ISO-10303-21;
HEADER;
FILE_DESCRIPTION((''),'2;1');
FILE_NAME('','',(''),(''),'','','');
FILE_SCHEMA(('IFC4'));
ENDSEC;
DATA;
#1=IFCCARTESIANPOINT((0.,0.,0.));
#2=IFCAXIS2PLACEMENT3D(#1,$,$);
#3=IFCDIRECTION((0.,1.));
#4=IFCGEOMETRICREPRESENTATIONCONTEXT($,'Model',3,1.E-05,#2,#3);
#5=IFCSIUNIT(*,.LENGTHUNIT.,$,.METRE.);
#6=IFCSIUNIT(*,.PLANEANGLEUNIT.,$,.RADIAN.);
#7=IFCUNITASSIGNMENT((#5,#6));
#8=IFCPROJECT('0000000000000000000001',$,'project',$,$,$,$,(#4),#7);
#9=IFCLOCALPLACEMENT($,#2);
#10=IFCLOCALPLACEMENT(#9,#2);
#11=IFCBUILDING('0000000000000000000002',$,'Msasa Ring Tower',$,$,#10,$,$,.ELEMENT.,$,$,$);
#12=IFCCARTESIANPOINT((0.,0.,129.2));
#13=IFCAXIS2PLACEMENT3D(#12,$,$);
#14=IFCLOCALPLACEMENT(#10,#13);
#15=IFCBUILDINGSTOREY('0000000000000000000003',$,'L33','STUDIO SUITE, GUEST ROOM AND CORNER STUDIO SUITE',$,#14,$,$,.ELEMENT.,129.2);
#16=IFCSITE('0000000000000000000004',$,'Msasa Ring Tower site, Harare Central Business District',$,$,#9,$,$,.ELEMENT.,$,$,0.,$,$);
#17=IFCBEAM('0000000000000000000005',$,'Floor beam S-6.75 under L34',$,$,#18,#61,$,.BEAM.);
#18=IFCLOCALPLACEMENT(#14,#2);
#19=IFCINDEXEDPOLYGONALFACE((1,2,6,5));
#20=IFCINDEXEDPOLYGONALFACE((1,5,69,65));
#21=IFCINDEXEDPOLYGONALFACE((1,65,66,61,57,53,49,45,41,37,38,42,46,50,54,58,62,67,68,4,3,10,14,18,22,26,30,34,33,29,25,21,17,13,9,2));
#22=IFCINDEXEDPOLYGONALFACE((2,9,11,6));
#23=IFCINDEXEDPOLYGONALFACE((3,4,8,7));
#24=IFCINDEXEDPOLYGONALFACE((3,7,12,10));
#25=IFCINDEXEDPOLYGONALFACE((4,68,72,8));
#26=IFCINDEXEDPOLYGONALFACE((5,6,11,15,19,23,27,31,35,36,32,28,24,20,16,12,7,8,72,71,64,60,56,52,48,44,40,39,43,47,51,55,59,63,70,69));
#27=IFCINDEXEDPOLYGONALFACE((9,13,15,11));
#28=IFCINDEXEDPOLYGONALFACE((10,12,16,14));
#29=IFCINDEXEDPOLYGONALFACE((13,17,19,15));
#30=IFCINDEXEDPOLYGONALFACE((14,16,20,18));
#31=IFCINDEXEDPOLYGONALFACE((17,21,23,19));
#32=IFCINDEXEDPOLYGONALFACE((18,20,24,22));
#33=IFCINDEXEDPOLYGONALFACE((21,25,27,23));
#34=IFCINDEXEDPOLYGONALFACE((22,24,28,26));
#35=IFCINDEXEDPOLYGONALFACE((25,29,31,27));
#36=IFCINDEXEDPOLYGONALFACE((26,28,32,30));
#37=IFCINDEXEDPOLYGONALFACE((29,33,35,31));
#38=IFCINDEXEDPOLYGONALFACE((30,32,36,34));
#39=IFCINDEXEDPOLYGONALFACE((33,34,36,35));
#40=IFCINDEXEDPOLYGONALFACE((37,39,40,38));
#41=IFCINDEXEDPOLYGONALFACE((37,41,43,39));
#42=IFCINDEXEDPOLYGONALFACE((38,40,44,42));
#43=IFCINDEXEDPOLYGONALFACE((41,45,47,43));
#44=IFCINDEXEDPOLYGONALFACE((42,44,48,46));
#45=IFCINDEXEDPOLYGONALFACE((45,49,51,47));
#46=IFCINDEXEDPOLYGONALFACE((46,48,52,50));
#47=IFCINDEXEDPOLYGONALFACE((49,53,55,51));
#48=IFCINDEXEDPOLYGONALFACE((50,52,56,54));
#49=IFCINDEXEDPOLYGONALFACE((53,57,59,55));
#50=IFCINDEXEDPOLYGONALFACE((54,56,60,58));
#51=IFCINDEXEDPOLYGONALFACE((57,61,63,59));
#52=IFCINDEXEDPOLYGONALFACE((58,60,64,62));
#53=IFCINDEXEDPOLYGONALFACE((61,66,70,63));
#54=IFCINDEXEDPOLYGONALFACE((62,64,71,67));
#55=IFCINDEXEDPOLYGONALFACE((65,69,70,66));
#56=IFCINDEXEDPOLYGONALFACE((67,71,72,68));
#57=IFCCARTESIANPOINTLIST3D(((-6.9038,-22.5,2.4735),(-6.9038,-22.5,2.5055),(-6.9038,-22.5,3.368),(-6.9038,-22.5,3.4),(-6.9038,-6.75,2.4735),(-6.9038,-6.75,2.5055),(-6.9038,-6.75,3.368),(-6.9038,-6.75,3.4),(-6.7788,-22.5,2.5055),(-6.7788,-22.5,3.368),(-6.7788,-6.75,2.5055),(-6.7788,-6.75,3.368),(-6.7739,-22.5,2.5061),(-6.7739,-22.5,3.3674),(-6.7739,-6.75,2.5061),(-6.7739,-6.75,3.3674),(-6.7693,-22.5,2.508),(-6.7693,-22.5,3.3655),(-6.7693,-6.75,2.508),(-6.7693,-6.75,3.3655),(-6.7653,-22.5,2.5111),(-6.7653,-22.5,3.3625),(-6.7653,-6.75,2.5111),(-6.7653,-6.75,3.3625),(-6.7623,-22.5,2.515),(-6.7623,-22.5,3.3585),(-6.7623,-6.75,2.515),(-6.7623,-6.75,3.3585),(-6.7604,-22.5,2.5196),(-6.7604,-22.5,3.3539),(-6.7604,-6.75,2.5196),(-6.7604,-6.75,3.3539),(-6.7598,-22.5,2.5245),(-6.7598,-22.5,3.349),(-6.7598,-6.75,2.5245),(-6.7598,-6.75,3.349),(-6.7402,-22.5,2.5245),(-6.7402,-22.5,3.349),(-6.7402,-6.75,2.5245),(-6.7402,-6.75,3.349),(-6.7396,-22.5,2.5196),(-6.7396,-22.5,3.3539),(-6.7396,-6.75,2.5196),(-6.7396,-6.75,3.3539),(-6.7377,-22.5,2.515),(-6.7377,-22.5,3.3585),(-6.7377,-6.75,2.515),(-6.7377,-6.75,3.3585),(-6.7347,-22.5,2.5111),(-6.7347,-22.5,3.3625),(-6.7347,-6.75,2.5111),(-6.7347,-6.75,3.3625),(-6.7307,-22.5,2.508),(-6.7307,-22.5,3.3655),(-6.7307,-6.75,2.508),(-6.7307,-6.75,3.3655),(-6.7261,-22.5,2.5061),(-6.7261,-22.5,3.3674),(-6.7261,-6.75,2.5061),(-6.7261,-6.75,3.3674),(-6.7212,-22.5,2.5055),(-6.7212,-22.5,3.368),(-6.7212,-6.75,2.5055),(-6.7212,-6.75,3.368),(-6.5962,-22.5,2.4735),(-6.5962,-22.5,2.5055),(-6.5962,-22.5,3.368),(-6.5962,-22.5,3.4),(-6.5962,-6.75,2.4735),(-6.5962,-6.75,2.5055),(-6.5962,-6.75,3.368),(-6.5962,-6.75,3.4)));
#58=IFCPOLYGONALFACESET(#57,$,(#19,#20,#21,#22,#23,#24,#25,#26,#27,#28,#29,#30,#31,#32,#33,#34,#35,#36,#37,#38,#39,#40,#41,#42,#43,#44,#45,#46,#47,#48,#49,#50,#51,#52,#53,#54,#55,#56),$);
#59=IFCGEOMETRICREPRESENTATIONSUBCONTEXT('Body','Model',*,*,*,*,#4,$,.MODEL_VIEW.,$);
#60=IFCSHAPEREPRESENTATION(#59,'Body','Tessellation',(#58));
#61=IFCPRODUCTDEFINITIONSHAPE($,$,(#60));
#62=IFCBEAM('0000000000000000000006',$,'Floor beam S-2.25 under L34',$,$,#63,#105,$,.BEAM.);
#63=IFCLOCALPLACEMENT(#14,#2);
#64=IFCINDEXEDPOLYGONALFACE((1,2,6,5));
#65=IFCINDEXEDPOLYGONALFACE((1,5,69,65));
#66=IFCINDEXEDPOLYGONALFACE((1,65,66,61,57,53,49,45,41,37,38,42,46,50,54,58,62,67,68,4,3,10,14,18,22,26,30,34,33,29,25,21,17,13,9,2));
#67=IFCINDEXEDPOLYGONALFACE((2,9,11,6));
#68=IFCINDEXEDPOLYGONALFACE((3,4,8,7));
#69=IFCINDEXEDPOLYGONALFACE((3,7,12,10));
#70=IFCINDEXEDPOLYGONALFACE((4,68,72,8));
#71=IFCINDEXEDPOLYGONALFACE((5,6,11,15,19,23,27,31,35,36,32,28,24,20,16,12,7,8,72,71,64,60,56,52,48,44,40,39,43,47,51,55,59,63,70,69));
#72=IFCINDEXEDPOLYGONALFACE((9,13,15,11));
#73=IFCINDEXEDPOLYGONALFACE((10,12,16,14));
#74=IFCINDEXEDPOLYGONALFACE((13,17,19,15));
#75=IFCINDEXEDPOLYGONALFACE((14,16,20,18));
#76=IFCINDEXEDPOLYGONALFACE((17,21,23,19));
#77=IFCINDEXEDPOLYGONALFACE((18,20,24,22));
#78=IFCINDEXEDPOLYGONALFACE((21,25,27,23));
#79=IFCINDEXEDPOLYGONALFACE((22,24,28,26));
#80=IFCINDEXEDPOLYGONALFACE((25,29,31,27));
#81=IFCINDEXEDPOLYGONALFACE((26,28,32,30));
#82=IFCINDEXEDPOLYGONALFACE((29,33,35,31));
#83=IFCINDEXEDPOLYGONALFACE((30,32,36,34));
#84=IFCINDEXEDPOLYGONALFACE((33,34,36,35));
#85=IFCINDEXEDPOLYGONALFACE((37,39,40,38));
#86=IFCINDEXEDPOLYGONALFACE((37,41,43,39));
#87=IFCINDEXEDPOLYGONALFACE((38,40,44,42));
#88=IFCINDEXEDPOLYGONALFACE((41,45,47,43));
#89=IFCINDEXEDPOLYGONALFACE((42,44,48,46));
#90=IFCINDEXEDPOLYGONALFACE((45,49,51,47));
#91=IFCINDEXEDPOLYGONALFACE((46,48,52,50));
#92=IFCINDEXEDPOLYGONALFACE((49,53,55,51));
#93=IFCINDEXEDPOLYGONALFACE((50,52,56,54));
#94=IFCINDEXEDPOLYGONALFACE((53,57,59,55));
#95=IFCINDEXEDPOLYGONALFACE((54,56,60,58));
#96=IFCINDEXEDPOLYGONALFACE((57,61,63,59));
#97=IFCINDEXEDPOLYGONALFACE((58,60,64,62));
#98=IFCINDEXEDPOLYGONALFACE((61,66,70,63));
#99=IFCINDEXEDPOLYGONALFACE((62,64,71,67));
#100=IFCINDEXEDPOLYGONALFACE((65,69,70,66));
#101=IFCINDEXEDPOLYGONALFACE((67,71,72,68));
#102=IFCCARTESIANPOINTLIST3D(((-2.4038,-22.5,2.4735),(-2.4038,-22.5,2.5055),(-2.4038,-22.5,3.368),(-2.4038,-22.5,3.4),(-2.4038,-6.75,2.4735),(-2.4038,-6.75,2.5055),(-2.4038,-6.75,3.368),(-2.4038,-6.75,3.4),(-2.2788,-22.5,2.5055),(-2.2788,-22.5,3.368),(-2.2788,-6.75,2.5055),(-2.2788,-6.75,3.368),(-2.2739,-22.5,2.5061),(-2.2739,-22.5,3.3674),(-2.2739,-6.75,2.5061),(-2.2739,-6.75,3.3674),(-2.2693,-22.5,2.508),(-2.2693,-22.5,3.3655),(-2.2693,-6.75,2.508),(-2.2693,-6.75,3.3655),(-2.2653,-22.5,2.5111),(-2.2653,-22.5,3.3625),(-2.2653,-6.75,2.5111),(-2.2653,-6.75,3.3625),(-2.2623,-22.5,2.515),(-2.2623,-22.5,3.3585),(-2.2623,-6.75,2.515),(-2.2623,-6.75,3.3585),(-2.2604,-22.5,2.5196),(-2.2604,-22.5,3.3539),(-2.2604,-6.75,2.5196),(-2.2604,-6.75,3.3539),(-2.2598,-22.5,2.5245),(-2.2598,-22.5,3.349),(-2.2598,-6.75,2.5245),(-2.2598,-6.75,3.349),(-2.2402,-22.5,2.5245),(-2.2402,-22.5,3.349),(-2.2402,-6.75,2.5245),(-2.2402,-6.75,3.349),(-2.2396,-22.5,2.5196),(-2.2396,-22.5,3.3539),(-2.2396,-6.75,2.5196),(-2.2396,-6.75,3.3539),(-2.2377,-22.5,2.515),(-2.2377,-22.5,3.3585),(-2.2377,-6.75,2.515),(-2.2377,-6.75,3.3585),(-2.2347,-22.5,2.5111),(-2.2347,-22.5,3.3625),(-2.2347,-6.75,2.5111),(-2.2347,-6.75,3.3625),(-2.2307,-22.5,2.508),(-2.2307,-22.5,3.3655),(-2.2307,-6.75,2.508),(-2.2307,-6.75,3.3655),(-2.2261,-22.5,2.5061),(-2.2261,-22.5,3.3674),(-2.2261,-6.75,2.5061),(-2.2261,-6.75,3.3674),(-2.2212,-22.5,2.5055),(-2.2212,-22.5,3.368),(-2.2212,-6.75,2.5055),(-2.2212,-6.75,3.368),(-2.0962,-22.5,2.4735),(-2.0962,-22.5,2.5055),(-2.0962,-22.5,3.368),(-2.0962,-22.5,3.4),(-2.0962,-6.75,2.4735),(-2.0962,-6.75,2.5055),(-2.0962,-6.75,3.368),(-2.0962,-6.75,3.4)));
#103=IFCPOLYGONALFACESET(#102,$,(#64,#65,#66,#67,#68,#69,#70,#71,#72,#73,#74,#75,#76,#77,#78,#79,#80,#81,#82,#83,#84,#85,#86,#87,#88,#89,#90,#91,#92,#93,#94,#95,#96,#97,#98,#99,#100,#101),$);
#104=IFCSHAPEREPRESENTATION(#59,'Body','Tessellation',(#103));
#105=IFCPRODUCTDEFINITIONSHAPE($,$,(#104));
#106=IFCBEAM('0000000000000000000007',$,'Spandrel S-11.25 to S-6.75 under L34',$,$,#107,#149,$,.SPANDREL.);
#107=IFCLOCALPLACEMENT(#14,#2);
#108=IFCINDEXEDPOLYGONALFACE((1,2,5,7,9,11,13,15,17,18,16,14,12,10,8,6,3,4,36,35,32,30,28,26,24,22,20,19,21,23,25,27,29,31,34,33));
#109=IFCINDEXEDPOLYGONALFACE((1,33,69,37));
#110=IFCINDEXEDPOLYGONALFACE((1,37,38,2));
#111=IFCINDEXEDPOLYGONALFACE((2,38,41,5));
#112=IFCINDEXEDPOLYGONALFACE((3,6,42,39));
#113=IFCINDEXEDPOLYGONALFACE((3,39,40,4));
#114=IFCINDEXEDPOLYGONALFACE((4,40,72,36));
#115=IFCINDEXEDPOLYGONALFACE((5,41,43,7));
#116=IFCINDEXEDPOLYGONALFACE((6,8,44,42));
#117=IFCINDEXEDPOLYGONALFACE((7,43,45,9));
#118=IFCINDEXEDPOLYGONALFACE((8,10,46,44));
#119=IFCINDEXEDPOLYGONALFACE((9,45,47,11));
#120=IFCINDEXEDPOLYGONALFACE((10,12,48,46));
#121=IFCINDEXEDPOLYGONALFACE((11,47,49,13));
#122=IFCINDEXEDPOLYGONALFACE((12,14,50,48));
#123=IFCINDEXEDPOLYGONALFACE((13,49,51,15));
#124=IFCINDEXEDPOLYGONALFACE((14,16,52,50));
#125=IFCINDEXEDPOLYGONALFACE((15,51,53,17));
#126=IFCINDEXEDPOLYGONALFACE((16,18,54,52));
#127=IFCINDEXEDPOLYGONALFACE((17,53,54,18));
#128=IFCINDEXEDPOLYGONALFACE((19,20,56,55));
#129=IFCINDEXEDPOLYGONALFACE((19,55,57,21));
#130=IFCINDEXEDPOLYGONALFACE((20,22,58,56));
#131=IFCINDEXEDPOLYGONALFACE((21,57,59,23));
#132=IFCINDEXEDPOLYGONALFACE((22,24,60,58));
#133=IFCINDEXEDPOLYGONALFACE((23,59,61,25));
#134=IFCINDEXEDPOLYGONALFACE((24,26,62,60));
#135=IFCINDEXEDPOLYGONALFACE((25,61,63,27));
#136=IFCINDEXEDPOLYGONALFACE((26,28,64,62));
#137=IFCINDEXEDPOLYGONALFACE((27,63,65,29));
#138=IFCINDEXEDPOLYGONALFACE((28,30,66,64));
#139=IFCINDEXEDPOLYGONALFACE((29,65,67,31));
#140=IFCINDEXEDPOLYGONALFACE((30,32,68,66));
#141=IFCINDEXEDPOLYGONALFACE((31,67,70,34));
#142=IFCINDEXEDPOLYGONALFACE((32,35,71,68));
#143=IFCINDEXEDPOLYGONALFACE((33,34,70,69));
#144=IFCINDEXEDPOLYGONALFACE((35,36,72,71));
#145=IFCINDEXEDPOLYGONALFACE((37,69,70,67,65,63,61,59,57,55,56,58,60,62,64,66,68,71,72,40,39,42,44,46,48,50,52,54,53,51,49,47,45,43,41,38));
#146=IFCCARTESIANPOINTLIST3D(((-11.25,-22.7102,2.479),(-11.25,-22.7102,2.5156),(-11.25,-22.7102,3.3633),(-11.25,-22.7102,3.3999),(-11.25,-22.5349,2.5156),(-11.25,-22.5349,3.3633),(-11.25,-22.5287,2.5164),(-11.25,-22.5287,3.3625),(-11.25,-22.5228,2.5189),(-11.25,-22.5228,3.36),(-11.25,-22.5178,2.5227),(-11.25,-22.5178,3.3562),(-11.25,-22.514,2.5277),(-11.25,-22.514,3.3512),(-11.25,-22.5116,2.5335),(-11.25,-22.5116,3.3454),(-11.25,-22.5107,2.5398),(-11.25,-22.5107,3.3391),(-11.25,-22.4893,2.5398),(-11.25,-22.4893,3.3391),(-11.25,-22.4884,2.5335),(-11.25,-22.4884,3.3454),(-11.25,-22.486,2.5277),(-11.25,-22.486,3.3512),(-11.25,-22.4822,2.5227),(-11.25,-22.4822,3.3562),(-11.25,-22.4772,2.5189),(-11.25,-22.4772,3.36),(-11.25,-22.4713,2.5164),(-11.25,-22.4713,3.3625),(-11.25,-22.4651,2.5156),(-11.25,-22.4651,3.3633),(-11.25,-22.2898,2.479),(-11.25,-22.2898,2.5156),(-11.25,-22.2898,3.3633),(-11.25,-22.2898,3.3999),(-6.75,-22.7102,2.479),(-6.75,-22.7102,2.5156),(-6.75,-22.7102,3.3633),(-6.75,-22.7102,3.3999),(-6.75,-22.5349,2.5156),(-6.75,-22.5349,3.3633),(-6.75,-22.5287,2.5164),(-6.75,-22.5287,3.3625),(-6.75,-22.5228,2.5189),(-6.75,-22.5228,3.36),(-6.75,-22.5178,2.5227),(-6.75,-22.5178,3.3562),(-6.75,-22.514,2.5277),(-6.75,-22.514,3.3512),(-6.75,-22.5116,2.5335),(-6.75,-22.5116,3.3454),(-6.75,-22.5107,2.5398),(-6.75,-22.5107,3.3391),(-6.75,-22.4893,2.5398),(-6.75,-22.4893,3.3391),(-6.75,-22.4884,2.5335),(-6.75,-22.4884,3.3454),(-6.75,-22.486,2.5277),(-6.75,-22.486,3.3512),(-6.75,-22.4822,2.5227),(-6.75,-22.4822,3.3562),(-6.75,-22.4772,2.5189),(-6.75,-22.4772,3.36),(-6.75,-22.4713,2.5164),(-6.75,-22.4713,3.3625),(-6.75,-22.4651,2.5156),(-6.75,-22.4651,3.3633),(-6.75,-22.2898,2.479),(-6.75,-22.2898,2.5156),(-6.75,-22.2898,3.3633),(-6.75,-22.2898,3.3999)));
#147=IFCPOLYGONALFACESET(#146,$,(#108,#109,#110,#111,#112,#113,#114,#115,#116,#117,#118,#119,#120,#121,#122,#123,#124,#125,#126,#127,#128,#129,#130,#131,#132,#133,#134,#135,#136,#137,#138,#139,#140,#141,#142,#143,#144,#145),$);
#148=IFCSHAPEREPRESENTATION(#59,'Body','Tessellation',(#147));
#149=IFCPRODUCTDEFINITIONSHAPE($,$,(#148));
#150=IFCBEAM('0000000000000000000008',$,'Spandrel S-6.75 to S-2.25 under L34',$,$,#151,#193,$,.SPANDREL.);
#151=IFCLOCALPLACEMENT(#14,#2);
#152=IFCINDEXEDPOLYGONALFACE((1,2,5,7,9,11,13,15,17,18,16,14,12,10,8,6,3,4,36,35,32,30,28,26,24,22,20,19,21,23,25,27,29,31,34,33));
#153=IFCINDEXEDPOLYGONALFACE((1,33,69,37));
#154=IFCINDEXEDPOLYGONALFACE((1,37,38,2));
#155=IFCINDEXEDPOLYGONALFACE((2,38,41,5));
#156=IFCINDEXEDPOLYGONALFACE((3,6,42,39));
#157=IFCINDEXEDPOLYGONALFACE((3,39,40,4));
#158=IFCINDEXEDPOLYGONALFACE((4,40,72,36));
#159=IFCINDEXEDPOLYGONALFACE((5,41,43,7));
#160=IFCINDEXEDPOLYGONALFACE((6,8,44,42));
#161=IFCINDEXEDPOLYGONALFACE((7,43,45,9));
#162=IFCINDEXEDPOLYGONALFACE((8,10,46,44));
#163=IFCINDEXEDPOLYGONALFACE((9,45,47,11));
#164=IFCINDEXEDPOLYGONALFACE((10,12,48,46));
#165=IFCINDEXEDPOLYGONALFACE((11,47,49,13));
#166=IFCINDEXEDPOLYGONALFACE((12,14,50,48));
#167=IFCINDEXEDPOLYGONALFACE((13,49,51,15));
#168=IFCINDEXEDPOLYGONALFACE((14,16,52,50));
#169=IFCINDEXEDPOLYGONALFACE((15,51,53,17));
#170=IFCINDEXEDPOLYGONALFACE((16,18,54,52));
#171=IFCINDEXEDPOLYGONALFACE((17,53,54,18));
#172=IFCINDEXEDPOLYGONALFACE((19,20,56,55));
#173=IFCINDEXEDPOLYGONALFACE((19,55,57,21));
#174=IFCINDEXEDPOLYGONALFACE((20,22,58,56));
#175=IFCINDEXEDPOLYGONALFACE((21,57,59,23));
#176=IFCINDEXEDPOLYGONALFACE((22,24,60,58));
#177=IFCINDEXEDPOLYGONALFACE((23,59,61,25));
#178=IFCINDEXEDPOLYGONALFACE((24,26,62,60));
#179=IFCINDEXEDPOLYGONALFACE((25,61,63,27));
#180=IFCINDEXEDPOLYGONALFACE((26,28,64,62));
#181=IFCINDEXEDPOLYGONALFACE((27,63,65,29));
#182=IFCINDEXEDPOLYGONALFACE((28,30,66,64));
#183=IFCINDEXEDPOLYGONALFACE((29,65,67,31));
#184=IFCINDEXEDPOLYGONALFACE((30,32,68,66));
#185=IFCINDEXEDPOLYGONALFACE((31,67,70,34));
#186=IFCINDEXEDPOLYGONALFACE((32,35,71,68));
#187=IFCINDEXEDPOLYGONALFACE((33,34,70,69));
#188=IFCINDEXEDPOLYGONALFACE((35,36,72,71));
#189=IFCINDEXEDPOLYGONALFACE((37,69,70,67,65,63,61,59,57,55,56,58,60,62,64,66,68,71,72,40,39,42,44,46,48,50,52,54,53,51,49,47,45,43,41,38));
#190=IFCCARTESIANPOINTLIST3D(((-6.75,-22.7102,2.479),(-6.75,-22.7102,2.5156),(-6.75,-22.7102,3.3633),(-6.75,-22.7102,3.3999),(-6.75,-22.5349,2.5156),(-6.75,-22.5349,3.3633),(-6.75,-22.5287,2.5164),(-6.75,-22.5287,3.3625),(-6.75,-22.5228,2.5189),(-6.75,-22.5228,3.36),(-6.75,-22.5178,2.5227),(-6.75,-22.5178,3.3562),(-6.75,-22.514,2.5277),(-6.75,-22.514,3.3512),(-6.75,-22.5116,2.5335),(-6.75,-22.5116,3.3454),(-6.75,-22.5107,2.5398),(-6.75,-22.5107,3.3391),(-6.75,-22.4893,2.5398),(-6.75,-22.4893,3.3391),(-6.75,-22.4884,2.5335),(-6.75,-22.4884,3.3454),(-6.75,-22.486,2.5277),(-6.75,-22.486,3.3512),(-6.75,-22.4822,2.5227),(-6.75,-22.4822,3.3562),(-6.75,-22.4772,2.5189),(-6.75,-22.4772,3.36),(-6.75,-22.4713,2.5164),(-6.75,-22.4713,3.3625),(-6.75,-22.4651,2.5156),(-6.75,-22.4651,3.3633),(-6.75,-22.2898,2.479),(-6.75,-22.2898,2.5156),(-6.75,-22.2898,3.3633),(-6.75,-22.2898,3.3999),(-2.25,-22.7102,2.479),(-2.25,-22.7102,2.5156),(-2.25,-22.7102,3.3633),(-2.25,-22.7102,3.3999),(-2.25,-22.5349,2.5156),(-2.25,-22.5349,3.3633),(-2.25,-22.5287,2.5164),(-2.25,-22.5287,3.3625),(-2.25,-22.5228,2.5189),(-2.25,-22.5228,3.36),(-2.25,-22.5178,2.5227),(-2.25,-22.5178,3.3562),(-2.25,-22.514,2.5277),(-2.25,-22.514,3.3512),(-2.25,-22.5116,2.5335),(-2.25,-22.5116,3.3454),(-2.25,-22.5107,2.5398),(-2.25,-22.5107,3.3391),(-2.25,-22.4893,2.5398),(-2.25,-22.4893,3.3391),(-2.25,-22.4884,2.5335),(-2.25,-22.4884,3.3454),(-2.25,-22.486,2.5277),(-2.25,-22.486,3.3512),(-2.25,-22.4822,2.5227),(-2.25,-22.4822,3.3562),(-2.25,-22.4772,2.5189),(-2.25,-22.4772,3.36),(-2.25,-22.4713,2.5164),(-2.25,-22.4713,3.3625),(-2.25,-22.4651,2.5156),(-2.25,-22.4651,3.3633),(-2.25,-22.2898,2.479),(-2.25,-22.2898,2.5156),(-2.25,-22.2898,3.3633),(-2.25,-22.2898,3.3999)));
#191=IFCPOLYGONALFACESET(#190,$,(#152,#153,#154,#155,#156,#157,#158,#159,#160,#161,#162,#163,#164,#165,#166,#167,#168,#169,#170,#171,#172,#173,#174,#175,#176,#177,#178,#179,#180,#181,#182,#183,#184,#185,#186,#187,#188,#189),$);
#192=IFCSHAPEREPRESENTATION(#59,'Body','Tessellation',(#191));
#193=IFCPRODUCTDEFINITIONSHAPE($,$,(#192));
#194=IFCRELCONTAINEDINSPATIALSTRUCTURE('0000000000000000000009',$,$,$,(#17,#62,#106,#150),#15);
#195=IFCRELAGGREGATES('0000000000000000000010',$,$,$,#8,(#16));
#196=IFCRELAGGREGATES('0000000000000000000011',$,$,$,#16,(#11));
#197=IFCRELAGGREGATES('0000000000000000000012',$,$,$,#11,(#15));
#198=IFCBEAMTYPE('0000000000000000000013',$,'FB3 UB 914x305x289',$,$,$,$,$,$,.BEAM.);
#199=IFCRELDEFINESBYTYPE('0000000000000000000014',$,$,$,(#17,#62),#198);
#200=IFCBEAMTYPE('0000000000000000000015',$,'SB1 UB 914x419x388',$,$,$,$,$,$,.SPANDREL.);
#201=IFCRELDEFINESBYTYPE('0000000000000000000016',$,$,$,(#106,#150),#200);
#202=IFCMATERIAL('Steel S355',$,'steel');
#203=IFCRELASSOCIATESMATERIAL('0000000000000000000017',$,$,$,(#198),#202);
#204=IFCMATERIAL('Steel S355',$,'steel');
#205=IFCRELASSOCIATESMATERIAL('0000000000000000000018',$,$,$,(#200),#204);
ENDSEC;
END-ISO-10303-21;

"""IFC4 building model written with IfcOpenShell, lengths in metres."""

from ifc_helpers import new_model, si_unit, direction, frame, origin, origin_2d, place, context, subcontext, project, spatial, i_section, extrude, material, material_profile, profile_set, type_object, element, save


model = new_model("IFC4")

# Units and contexts
model_context = context("Model", 3, precision=1e-05, world=origin(), true_north=direction((0.0, 1.0)))
body_context = subcontext(model_context, "Body", "Model", "MODEL_VIEW")
ifc_project = project(units=[si_unit("LENGTHUNIT", "METRE"), si_unit("PLANEANGLEUNIT", "RADIAN")], contexts=[model_context])

# Site, building, storey
site_placement = place(None, origin())
site = spatial("IfcSite", under=ifc_project, at=site_placement, Name="Msasa Ring Tower site, Harare Central Business District", CompositionType="ELEMENT", RefElevation=0.0)
building_placement = place(site_placement, origin())
building = spatial("IfcBuilding", under=site, at=building_placement, Name="Msasa Ring Tower", CompositionType="ELEMENT")
storey_placement = place(building_placement, frame((0.0, 0.0, 129.2)))
storey = spatial("IfcBuildingStorey", under=building, at=storey_placement, Name="L33", Description="STUDIO SUITE, GUEST ROOM AND CORNER STUDIO SUITE", CompositionType="ELEMENT", Elevation=129.2)

# Beams
ifc_material_1 = material(Name="Steel S355", Category="steel")
ifc_material_profile_1 = material_profile(ifc_material_1, i_section(OverallWidth=0.3076, OverallDepth=0.9265, WebThickness=0.0195, FlangeThickness=0.032, FilletRadius=0.019, at=origin_2d()), Name="UB 914x305x289")
ifc_profile_set_1 = profile_set([ifc_material_profile_1], Name="Steel S355")
beam_type_1 = type_object("IfcBeamType", Name="FB3 UB 914x305x289", PredefinedType="BEAM", material=ifc_profile_set_1)
for number, where, z_axis, x_axis, name in (
    (1, (-6.75, -22.5, 2.9368), (0.0, 1.0, 0.0), (-1.0, 0.0, 0.0), "Floor beam S-6.75 under L34"),
    (2, (-2.25, -22.5, 2.9368), (0.0, 1.0, 0.0), (-1.0, 0.0, 0.0), "Floor beam S-2.25 under L34"),
):
    element("IfcBeam", number, at=place(storey_placement, frame(where, z_axis=z_axis, x_axis=x_axis)), inside=storey, type_object=beam_type_1, Name=name, PredefinedType="BEAM", context=body_context, shape_type="SweptSolid", body=[
        extrude(i_section(OverallWidth=0.3076, OverallDepth=0.9265, WebThickness=0.0195, FlangeThickness=0.032, FilletRadius=0.019, at=origin_2d()), origin(), (0.0, 0.0, 1.0), 15.75),
    ])
ifc_material_2 = material(Name="Steel S355", Category="steel")
ifc_material_profile_2 = material_profile(ifc_material_2, i_section(OverallWidth=0.4204, OverallDepth=0.9209, WebThickness=0.0215, FlangeThickness=0.0366, FilletRadius=0.0242, at=origin_2d()), Name="UB 914x419x388")
ifc_profile_set_2 = profile_set([ifc_material_profile_2], Name="Steel S355")
beam_type_2 = type_object("IfcBeamType", Name="SB1 UB 914x419x388", PredefinedType="SPANDREL", material=ifc_profile_set_2)
for number, where, z_axis, x_axis, name in (
    (3, (-11.25, -22.5, 2.9395), (1.0, 0.0, 0.0), (0.0, 1.0, 0.0), "Spandrel S-11.25 to S-6.75 under L34"),
    (4, (-6.75, -22.5, 2.9395), (1.0, 0.0, 0.0), (0.0, 1.0, 0.0), "Spandrel S-6.75 to S-2.25 under L34"),
):
    element("IfcBeam", number, at=place(storey_placement, frame(where, z_axis=z_axis, x_axis=x_axis)), inside=storey, type_object=beam_type_2, Name=name, PredefinedType="SPANDREL", context=body_context, shape_type="SweptSolid", body=[
        extrude(i_section(OverallWidth=0.4204, OverallDepth=0.9209, WebThickness=0.0215, FlangeThickness=0.0366, FilletRadius=0.0242, at=origin_2d()), origin(), (0.0, 0.0, 1.0), 4.5),
    ])

save(model, "model.ifc")
